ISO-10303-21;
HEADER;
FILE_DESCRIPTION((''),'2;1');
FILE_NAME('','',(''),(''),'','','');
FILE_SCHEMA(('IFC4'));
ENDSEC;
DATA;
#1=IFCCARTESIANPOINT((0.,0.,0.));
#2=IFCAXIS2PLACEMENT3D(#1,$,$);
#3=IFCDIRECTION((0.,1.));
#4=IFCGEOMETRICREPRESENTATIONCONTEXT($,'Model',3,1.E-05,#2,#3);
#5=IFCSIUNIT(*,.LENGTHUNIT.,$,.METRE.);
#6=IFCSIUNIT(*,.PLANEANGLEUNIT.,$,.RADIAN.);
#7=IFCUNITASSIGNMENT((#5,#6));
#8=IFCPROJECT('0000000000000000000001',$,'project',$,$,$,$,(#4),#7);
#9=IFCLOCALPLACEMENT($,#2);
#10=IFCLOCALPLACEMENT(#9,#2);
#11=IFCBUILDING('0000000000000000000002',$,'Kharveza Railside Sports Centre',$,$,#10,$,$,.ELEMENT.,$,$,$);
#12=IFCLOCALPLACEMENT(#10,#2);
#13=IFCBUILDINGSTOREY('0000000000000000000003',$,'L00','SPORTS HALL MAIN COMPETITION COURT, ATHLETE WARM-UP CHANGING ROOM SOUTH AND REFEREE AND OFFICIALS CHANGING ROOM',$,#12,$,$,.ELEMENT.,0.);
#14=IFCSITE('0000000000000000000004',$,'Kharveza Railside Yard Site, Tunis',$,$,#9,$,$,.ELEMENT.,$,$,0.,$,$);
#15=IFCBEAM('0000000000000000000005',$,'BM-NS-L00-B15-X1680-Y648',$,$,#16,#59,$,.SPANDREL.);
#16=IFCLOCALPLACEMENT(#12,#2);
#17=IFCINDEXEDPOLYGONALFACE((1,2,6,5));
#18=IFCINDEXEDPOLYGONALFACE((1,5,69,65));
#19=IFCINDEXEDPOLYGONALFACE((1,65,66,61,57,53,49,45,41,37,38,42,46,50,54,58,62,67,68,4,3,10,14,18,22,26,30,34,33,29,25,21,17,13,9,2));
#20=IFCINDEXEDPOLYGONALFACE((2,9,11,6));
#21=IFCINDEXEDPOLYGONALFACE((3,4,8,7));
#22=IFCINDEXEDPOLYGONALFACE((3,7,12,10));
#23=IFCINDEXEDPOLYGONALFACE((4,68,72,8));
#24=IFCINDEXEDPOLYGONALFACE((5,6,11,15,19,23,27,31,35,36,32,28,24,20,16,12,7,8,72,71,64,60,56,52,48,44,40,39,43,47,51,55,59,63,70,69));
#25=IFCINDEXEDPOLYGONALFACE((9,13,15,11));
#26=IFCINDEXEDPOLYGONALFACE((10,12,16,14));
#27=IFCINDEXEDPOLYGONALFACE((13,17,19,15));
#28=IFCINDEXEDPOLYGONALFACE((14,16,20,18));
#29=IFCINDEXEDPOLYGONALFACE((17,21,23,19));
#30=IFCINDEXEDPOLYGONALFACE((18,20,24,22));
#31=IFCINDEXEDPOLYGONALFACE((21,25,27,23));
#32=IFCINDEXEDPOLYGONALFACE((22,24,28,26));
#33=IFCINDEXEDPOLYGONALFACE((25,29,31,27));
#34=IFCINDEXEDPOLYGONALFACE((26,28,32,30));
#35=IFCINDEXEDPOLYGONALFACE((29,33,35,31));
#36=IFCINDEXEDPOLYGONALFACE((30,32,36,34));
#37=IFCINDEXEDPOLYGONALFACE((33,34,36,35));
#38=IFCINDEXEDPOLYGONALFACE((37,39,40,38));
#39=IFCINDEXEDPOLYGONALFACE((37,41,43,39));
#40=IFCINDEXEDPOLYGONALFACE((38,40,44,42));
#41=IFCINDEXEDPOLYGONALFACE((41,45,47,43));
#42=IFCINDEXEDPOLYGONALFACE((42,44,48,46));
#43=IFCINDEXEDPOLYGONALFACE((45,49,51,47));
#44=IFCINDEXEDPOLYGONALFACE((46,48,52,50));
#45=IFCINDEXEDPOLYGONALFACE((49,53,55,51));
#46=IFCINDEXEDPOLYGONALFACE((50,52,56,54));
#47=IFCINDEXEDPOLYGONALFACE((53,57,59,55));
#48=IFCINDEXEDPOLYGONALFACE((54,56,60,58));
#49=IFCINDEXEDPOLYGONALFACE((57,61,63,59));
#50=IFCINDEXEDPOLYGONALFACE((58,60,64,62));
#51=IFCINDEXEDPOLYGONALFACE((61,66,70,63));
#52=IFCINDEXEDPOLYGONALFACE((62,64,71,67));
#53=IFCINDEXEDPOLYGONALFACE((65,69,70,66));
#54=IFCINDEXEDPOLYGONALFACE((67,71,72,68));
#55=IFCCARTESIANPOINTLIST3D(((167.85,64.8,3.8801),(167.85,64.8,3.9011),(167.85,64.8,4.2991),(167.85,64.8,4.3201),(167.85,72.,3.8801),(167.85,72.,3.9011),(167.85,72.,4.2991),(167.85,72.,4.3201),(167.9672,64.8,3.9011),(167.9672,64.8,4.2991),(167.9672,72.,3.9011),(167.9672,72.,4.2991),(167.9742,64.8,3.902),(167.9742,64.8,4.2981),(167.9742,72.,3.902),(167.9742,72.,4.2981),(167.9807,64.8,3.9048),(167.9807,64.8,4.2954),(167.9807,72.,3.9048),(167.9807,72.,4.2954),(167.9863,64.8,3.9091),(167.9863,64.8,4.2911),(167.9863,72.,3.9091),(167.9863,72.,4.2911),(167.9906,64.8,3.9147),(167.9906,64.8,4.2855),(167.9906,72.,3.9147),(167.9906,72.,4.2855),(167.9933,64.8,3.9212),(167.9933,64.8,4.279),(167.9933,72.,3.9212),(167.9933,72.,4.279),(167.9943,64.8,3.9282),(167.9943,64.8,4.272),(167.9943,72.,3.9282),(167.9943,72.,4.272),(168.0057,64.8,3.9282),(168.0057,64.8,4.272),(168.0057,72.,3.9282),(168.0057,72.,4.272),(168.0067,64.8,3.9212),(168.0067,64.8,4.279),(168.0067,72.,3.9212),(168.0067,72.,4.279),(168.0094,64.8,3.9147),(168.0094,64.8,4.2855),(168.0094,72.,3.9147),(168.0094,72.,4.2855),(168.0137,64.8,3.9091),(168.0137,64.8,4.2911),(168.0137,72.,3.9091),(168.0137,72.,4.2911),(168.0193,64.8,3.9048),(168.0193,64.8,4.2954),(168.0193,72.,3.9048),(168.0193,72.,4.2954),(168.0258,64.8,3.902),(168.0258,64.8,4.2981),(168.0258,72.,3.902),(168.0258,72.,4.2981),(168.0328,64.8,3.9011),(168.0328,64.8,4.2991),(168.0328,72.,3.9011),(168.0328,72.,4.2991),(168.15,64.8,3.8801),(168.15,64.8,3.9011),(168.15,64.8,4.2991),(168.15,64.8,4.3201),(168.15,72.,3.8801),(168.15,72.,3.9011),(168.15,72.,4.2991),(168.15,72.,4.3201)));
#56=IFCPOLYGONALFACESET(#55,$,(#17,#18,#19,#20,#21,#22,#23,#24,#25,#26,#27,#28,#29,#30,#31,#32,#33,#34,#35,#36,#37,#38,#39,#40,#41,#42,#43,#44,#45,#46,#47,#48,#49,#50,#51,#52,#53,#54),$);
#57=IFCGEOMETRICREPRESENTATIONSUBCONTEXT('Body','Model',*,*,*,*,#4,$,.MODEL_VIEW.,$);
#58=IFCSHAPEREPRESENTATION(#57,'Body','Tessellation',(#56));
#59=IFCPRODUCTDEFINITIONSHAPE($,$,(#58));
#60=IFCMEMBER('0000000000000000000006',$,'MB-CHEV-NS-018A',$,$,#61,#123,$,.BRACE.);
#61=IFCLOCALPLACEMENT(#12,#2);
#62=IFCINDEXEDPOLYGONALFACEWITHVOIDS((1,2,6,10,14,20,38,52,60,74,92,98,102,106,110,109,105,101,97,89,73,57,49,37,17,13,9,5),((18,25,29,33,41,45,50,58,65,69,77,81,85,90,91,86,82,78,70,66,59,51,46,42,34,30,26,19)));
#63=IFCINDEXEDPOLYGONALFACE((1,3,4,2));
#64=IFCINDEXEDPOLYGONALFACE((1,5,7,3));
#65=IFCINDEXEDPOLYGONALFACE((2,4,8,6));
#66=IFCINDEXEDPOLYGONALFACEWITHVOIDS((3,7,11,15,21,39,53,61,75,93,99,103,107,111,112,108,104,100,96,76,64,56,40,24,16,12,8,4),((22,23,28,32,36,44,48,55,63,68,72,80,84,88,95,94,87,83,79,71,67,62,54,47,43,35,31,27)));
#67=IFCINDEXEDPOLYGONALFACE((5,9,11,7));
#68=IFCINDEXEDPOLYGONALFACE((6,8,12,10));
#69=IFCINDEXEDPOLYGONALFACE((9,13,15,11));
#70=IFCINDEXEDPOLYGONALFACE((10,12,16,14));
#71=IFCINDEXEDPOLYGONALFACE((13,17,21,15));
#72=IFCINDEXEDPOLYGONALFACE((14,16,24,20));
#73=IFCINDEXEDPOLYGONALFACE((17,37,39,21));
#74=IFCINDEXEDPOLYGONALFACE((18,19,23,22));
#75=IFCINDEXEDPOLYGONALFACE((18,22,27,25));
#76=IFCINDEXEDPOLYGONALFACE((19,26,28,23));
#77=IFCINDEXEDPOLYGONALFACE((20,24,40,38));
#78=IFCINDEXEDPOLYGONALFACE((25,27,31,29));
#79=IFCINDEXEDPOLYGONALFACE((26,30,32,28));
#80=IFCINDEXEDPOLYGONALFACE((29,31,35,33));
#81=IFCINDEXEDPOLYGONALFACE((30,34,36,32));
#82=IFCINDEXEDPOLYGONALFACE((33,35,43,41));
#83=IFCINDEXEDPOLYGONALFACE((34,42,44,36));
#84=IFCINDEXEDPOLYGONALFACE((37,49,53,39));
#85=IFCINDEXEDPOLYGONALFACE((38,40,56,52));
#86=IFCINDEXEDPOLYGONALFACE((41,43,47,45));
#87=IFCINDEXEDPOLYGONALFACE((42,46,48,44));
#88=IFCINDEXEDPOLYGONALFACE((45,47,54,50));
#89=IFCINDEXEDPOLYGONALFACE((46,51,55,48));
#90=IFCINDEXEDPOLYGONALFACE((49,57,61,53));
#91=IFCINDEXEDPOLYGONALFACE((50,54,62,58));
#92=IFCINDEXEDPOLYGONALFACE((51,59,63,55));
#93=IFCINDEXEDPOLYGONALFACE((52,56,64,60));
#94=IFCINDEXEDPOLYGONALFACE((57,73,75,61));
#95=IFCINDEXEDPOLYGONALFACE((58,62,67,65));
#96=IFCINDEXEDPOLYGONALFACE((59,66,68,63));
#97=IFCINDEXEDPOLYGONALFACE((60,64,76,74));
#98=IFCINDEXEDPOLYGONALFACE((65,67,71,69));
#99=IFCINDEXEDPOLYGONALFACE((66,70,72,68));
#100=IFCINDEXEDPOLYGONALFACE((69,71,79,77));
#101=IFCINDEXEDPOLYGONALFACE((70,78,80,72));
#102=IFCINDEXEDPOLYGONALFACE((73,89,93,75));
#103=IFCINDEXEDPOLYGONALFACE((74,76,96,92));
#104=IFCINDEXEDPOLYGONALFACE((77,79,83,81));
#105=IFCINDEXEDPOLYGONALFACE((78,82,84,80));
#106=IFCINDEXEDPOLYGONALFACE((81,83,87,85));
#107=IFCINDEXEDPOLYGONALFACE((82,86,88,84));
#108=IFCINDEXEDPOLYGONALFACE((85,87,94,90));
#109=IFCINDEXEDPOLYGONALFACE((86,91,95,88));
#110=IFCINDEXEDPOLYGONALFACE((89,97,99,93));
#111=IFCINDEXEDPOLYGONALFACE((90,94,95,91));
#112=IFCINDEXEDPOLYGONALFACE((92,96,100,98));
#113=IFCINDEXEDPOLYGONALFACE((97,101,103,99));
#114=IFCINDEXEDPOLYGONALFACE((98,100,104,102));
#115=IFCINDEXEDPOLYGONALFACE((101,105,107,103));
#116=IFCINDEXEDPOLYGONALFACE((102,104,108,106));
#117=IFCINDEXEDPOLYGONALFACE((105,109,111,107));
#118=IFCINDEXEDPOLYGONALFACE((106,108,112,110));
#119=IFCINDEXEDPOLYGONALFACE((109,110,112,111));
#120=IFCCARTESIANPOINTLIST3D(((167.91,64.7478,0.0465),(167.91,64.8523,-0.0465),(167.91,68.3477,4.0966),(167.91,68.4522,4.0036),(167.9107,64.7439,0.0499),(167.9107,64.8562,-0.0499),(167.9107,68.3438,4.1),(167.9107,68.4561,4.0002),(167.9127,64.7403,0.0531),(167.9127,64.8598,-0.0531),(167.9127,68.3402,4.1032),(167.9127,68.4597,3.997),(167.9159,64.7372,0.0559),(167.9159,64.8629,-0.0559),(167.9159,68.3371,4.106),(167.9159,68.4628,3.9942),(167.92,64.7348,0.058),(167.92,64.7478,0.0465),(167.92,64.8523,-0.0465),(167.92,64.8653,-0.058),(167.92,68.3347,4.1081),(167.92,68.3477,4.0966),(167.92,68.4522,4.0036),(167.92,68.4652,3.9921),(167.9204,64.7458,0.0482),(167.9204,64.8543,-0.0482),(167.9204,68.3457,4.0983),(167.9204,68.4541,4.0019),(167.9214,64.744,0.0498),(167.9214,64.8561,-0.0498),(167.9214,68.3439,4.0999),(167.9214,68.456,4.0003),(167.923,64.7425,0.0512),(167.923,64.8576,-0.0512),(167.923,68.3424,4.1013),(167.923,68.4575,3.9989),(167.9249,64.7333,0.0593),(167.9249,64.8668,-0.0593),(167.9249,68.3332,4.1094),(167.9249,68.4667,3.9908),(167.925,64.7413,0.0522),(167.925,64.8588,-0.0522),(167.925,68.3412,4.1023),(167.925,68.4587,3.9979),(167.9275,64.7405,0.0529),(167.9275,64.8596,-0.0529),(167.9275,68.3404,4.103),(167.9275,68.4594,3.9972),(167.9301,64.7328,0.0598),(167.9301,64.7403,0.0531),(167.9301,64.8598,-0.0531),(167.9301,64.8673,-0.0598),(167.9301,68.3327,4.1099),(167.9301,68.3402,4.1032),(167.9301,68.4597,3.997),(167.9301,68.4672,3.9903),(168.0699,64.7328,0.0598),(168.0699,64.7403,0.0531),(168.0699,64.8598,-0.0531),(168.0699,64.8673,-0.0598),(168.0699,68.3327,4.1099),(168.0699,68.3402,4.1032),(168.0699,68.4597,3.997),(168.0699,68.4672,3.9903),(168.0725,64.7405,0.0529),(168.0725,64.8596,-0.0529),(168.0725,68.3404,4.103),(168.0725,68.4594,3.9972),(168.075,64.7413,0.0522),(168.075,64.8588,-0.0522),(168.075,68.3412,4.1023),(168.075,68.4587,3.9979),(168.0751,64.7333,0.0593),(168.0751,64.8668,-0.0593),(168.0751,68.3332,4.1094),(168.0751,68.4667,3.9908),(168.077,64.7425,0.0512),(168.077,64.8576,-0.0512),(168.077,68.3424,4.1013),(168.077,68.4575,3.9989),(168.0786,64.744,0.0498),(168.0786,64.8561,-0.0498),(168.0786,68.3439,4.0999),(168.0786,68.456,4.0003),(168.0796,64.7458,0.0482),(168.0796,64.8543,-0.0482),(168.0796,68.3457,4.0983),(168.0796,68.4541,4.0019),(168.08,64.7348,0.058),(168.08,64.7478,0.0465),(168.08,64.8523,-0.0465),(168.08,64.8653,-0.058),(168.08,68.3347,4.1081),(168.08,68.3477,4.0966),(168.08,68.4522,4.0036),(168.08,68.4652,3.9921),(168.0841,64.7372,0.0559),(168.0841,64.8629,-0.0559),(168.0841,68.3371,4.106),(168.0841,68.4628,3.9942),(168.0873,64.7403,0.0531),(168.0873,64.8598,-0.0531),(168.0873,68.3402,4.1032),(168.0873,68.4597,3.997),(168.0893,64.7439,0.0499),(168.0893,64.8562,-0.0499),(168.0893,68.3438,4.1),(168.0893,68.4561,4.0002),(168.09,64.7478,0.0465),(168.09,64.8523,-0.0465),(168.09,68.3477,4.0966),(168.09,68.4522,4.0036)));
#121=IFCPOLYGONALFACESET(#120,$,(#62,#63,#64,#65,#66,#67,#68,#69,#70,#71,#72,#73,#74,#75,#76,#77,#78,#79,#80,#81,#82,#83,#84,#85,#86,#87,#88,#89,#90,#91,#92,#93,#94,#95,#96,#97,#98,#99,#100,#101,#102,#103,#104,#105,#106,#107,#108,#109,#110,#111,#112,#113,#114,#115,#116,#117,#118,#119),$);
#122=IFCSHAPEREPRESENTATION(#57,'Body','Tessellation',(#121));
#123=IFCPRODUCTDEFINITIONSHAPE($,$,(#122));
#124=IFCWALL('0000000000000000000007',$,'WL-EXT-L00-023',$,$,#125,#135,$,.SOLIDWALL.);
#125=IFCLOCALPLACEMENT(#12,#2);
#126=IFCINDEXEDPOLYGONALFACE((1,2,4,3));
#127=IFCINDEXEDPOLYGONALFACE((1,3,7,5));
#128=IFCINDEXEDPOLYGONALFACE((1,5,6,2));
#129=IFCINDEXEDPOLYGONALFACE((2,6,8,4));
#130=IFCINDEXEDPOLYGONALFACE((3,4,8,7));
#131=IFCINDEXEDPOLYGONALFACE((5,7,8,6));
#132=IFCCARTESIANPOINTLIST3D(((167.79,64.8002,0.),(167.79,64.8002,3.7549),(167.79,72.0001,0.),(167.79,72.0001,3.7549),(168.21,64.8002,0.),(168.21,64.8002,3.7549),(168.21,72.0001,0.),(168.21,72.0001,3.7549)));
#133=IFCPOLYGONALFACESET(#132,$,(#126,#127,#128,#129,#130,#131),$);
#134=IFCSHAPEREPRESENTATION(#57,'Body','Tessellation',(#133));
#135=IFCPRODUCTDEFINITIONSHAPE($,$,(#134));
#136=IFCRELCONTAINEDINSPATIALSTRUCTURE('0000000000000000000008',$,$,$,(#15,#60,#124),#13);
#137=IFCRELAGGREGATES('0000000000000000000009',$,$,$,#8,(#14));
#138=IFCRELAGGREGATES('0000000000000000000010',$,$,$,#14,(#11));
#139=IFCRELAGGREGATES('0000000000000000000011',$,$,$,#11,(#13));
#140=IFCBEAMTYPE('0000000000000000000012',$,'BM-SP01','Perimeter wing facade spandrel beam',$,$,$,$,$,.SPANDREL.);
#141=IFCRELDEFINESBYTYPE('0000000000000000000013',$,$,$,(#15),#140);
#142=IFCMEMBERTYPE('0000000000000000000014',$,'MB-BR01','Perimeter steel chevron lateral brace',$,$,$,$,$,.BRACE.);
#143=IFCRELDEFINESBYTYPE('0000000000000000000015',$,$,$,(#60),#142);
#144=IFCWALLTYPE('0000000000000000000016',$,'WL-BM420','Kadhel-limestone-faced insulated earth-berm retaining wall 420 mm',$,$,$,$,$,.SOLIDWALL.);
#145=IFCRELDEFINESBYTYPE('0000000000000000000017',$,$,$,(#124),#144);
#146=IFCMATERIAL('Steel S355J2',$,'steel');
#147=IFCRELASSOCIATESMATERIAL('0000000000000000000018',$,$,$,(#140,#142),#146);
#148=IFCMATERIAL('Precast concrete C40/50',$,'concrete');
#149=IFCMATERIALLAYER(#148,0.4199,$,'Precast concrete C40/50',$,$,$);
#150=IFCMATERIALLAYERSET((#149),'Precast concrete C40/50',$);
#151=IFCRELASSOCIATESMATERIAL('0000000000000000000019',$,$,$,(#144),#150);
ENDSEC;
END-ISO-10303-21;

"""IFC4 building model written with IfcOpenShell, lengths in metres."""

from ifc_helpers import new_model, si_unit, direction, frame, frame_2d, origin, origin_2d, place, context, subcontext, project, spatial, rectangle, hollow_rectangle, i_section, extrude, material, layer, layer_set, material_profile, profile_set, type_object, element, save


model = new_model("IFC4")

# Units and contexts
model_context = context("Model", 3, precision=1e-05, world=origin(), true_north=direction((0.0, 1.0)))
body_context = subcontext(model_context, "Body", "Model", "MODEL_VIEW")
ifc_project = project(units=[si_unit("LENGTHUNIT", "METRE"), si_unit("PLANEANGLEUNIT", "RADIAN")], contexts=[model_context])

# Site, building, storey
site_placement = place(None, origin())
site = spatial("IfcSite", under=ifc_project, at=site_placement, Name="Kharveza Railside Yard Site, Tunis", CompositionType="ELEMENT", RefElevation=0.0)
building_placement = place(site_placement, origin())
building = spatial("IfcBuilding", under=site, at=building_placement, Name="Kharveza Railside Sports Centre", CompositionType="ELEMENT")
storey_placement = place(building_placement, origin())
storey = spatial("IfcBuildingStorey", under=building, at=storey_placement, Name="L00", Description="SPORTS HALL MAIN COMPETITION COURT, ATHLETE WARM-UP CHANGING ROOM SOUTH AND REFEREE AND OFFICIALS CHANGING ROOM", CompositionType="ELEMENT", Elevation=0.0)

# Shared definitions
ifc_material_1 = material(Name="Steel S355J2", Category="steel")

# Beam
ifc_material_profile_1 = material_profile(ifc_material_1, i_section(OverallWidth=0.3, OverallDepth=0.4399, WebThickness=0.0115, FlangeThickness=0.021, FilletRadius=0.0271, at=origin_2d()), Name="HEA 450")
ifc_profile_set_1 = profile_set([ifc_material_profile_1], Name="Steel S355J2")
beam_type_1 = type_object("IfcBeamType", Name="BM-SP01", Description="Perimeter wing facade spandrel beam", PredefinedType="SPANDREL", material=ifc_profile_set_1)
beam_1_placement = place(storey_placement, frame((168.0, 64.8, 4.1001), z_axis=(0.0, 1.0, 0.0), x_axis=(-1.0, 0.0, 0.0)))
element("IfcBeam", 1, at=beam_1_placement, inside=storey, type_object=beam_type_1, Name="BM-NS-L00-B15-X1680-Y648", PredefinedType="SPANDREL", context=body_context, shape_type="SweptSolid", body=[
    extrude(i_section(OverallWidth=0.3, OverallDepth=0.4399, WebThickness=0.0115, FlangeThickness=0.021, FilletRadius=0.0271, at=origin_2d()), origin(), (0.0, 0.0, 1.0), 7.2),
])

# Member
ifc_material_profile_2 = material_profile(ifc_material_1, hollow_rectangle(XDim=0.1799, YDim=0.1799, WallThickness=0.01, InnerFilletRadius=0.01, OuterFilletRadius=0.02, at=origin_2d()), Name="SHS 180x180x10.0")
ifc_profile_set_2 = profile_set([ifc_material_profile_2], Name="Steel S355J2")
member_type = type_object("IfcMemberType", Name="MB-BR01", Description="Perimeter steel chevron lateral brace", PredefinedType="BRACE", material=ifc_profile_set_2)
member_placement = place(storey_placement, frame((168.0, 64.8, 0.0), z_axis=(0.0, 0.664344, 0.747427), x_axis=(-1.0, 0.0, 0.0)))
element("IfcMember", 2, at=member_placement, inside=storey, type_object=member_type, Name="MB-CHEV-NS-018A", PredefinedType="BRACE", context=body_context, shape_type="SweptSolid", body=[
    extrude(hollow_rectangle(XDim=0.1799, YDim=0.1799, WallThickness=0.01, InnerFilletRadius=0.01, OuterFilletRadius=0.02, at=origin_2d()), origin(), (0.0, 0.0, 1.0), 5.4187),
])

# Shared definitions
ifc_material_2 = material(Name="Precast concrete C40/50", Category="concrete")
ifc_layer = layer(ifc_material_2, 0.4199, Name="Precast concrete C40/50")
ifc_layer_set = layer_set([ifc_layer], Name="Precast concrete C40/50")
wall_type = type_object("IfcWallType", Name="WL-BM420", Description="Kadhel-limestone-faced insulated earth-berm retaining wall 420 mm", PredefinedType="SOLIDWALL", material=ifc_layer_set)

# Wall
wall_1_placement = place(storey_placement, frame((168.0, 64.8, 0.0), z_axis=(0.0, 0.0, 1.0), x_axis=(0.0, 1.0, 0.0)))
element("IfcWall", 3, at=wall_1_placement, inside=storey, type_object=wall_type, Name="WL-EXT-L00-023", PredefinedType="SOLIDWALL", context=body_context, shape_type="SweptSolid", body=[
    extrude(rectangle(XDim=7.2, YDim=0.4199, at=frame_2d((3.6001, 0.0))), origin(), (0.0, 0.0, 1.0), 3.7549),
])

save(model, "model.ifc")
